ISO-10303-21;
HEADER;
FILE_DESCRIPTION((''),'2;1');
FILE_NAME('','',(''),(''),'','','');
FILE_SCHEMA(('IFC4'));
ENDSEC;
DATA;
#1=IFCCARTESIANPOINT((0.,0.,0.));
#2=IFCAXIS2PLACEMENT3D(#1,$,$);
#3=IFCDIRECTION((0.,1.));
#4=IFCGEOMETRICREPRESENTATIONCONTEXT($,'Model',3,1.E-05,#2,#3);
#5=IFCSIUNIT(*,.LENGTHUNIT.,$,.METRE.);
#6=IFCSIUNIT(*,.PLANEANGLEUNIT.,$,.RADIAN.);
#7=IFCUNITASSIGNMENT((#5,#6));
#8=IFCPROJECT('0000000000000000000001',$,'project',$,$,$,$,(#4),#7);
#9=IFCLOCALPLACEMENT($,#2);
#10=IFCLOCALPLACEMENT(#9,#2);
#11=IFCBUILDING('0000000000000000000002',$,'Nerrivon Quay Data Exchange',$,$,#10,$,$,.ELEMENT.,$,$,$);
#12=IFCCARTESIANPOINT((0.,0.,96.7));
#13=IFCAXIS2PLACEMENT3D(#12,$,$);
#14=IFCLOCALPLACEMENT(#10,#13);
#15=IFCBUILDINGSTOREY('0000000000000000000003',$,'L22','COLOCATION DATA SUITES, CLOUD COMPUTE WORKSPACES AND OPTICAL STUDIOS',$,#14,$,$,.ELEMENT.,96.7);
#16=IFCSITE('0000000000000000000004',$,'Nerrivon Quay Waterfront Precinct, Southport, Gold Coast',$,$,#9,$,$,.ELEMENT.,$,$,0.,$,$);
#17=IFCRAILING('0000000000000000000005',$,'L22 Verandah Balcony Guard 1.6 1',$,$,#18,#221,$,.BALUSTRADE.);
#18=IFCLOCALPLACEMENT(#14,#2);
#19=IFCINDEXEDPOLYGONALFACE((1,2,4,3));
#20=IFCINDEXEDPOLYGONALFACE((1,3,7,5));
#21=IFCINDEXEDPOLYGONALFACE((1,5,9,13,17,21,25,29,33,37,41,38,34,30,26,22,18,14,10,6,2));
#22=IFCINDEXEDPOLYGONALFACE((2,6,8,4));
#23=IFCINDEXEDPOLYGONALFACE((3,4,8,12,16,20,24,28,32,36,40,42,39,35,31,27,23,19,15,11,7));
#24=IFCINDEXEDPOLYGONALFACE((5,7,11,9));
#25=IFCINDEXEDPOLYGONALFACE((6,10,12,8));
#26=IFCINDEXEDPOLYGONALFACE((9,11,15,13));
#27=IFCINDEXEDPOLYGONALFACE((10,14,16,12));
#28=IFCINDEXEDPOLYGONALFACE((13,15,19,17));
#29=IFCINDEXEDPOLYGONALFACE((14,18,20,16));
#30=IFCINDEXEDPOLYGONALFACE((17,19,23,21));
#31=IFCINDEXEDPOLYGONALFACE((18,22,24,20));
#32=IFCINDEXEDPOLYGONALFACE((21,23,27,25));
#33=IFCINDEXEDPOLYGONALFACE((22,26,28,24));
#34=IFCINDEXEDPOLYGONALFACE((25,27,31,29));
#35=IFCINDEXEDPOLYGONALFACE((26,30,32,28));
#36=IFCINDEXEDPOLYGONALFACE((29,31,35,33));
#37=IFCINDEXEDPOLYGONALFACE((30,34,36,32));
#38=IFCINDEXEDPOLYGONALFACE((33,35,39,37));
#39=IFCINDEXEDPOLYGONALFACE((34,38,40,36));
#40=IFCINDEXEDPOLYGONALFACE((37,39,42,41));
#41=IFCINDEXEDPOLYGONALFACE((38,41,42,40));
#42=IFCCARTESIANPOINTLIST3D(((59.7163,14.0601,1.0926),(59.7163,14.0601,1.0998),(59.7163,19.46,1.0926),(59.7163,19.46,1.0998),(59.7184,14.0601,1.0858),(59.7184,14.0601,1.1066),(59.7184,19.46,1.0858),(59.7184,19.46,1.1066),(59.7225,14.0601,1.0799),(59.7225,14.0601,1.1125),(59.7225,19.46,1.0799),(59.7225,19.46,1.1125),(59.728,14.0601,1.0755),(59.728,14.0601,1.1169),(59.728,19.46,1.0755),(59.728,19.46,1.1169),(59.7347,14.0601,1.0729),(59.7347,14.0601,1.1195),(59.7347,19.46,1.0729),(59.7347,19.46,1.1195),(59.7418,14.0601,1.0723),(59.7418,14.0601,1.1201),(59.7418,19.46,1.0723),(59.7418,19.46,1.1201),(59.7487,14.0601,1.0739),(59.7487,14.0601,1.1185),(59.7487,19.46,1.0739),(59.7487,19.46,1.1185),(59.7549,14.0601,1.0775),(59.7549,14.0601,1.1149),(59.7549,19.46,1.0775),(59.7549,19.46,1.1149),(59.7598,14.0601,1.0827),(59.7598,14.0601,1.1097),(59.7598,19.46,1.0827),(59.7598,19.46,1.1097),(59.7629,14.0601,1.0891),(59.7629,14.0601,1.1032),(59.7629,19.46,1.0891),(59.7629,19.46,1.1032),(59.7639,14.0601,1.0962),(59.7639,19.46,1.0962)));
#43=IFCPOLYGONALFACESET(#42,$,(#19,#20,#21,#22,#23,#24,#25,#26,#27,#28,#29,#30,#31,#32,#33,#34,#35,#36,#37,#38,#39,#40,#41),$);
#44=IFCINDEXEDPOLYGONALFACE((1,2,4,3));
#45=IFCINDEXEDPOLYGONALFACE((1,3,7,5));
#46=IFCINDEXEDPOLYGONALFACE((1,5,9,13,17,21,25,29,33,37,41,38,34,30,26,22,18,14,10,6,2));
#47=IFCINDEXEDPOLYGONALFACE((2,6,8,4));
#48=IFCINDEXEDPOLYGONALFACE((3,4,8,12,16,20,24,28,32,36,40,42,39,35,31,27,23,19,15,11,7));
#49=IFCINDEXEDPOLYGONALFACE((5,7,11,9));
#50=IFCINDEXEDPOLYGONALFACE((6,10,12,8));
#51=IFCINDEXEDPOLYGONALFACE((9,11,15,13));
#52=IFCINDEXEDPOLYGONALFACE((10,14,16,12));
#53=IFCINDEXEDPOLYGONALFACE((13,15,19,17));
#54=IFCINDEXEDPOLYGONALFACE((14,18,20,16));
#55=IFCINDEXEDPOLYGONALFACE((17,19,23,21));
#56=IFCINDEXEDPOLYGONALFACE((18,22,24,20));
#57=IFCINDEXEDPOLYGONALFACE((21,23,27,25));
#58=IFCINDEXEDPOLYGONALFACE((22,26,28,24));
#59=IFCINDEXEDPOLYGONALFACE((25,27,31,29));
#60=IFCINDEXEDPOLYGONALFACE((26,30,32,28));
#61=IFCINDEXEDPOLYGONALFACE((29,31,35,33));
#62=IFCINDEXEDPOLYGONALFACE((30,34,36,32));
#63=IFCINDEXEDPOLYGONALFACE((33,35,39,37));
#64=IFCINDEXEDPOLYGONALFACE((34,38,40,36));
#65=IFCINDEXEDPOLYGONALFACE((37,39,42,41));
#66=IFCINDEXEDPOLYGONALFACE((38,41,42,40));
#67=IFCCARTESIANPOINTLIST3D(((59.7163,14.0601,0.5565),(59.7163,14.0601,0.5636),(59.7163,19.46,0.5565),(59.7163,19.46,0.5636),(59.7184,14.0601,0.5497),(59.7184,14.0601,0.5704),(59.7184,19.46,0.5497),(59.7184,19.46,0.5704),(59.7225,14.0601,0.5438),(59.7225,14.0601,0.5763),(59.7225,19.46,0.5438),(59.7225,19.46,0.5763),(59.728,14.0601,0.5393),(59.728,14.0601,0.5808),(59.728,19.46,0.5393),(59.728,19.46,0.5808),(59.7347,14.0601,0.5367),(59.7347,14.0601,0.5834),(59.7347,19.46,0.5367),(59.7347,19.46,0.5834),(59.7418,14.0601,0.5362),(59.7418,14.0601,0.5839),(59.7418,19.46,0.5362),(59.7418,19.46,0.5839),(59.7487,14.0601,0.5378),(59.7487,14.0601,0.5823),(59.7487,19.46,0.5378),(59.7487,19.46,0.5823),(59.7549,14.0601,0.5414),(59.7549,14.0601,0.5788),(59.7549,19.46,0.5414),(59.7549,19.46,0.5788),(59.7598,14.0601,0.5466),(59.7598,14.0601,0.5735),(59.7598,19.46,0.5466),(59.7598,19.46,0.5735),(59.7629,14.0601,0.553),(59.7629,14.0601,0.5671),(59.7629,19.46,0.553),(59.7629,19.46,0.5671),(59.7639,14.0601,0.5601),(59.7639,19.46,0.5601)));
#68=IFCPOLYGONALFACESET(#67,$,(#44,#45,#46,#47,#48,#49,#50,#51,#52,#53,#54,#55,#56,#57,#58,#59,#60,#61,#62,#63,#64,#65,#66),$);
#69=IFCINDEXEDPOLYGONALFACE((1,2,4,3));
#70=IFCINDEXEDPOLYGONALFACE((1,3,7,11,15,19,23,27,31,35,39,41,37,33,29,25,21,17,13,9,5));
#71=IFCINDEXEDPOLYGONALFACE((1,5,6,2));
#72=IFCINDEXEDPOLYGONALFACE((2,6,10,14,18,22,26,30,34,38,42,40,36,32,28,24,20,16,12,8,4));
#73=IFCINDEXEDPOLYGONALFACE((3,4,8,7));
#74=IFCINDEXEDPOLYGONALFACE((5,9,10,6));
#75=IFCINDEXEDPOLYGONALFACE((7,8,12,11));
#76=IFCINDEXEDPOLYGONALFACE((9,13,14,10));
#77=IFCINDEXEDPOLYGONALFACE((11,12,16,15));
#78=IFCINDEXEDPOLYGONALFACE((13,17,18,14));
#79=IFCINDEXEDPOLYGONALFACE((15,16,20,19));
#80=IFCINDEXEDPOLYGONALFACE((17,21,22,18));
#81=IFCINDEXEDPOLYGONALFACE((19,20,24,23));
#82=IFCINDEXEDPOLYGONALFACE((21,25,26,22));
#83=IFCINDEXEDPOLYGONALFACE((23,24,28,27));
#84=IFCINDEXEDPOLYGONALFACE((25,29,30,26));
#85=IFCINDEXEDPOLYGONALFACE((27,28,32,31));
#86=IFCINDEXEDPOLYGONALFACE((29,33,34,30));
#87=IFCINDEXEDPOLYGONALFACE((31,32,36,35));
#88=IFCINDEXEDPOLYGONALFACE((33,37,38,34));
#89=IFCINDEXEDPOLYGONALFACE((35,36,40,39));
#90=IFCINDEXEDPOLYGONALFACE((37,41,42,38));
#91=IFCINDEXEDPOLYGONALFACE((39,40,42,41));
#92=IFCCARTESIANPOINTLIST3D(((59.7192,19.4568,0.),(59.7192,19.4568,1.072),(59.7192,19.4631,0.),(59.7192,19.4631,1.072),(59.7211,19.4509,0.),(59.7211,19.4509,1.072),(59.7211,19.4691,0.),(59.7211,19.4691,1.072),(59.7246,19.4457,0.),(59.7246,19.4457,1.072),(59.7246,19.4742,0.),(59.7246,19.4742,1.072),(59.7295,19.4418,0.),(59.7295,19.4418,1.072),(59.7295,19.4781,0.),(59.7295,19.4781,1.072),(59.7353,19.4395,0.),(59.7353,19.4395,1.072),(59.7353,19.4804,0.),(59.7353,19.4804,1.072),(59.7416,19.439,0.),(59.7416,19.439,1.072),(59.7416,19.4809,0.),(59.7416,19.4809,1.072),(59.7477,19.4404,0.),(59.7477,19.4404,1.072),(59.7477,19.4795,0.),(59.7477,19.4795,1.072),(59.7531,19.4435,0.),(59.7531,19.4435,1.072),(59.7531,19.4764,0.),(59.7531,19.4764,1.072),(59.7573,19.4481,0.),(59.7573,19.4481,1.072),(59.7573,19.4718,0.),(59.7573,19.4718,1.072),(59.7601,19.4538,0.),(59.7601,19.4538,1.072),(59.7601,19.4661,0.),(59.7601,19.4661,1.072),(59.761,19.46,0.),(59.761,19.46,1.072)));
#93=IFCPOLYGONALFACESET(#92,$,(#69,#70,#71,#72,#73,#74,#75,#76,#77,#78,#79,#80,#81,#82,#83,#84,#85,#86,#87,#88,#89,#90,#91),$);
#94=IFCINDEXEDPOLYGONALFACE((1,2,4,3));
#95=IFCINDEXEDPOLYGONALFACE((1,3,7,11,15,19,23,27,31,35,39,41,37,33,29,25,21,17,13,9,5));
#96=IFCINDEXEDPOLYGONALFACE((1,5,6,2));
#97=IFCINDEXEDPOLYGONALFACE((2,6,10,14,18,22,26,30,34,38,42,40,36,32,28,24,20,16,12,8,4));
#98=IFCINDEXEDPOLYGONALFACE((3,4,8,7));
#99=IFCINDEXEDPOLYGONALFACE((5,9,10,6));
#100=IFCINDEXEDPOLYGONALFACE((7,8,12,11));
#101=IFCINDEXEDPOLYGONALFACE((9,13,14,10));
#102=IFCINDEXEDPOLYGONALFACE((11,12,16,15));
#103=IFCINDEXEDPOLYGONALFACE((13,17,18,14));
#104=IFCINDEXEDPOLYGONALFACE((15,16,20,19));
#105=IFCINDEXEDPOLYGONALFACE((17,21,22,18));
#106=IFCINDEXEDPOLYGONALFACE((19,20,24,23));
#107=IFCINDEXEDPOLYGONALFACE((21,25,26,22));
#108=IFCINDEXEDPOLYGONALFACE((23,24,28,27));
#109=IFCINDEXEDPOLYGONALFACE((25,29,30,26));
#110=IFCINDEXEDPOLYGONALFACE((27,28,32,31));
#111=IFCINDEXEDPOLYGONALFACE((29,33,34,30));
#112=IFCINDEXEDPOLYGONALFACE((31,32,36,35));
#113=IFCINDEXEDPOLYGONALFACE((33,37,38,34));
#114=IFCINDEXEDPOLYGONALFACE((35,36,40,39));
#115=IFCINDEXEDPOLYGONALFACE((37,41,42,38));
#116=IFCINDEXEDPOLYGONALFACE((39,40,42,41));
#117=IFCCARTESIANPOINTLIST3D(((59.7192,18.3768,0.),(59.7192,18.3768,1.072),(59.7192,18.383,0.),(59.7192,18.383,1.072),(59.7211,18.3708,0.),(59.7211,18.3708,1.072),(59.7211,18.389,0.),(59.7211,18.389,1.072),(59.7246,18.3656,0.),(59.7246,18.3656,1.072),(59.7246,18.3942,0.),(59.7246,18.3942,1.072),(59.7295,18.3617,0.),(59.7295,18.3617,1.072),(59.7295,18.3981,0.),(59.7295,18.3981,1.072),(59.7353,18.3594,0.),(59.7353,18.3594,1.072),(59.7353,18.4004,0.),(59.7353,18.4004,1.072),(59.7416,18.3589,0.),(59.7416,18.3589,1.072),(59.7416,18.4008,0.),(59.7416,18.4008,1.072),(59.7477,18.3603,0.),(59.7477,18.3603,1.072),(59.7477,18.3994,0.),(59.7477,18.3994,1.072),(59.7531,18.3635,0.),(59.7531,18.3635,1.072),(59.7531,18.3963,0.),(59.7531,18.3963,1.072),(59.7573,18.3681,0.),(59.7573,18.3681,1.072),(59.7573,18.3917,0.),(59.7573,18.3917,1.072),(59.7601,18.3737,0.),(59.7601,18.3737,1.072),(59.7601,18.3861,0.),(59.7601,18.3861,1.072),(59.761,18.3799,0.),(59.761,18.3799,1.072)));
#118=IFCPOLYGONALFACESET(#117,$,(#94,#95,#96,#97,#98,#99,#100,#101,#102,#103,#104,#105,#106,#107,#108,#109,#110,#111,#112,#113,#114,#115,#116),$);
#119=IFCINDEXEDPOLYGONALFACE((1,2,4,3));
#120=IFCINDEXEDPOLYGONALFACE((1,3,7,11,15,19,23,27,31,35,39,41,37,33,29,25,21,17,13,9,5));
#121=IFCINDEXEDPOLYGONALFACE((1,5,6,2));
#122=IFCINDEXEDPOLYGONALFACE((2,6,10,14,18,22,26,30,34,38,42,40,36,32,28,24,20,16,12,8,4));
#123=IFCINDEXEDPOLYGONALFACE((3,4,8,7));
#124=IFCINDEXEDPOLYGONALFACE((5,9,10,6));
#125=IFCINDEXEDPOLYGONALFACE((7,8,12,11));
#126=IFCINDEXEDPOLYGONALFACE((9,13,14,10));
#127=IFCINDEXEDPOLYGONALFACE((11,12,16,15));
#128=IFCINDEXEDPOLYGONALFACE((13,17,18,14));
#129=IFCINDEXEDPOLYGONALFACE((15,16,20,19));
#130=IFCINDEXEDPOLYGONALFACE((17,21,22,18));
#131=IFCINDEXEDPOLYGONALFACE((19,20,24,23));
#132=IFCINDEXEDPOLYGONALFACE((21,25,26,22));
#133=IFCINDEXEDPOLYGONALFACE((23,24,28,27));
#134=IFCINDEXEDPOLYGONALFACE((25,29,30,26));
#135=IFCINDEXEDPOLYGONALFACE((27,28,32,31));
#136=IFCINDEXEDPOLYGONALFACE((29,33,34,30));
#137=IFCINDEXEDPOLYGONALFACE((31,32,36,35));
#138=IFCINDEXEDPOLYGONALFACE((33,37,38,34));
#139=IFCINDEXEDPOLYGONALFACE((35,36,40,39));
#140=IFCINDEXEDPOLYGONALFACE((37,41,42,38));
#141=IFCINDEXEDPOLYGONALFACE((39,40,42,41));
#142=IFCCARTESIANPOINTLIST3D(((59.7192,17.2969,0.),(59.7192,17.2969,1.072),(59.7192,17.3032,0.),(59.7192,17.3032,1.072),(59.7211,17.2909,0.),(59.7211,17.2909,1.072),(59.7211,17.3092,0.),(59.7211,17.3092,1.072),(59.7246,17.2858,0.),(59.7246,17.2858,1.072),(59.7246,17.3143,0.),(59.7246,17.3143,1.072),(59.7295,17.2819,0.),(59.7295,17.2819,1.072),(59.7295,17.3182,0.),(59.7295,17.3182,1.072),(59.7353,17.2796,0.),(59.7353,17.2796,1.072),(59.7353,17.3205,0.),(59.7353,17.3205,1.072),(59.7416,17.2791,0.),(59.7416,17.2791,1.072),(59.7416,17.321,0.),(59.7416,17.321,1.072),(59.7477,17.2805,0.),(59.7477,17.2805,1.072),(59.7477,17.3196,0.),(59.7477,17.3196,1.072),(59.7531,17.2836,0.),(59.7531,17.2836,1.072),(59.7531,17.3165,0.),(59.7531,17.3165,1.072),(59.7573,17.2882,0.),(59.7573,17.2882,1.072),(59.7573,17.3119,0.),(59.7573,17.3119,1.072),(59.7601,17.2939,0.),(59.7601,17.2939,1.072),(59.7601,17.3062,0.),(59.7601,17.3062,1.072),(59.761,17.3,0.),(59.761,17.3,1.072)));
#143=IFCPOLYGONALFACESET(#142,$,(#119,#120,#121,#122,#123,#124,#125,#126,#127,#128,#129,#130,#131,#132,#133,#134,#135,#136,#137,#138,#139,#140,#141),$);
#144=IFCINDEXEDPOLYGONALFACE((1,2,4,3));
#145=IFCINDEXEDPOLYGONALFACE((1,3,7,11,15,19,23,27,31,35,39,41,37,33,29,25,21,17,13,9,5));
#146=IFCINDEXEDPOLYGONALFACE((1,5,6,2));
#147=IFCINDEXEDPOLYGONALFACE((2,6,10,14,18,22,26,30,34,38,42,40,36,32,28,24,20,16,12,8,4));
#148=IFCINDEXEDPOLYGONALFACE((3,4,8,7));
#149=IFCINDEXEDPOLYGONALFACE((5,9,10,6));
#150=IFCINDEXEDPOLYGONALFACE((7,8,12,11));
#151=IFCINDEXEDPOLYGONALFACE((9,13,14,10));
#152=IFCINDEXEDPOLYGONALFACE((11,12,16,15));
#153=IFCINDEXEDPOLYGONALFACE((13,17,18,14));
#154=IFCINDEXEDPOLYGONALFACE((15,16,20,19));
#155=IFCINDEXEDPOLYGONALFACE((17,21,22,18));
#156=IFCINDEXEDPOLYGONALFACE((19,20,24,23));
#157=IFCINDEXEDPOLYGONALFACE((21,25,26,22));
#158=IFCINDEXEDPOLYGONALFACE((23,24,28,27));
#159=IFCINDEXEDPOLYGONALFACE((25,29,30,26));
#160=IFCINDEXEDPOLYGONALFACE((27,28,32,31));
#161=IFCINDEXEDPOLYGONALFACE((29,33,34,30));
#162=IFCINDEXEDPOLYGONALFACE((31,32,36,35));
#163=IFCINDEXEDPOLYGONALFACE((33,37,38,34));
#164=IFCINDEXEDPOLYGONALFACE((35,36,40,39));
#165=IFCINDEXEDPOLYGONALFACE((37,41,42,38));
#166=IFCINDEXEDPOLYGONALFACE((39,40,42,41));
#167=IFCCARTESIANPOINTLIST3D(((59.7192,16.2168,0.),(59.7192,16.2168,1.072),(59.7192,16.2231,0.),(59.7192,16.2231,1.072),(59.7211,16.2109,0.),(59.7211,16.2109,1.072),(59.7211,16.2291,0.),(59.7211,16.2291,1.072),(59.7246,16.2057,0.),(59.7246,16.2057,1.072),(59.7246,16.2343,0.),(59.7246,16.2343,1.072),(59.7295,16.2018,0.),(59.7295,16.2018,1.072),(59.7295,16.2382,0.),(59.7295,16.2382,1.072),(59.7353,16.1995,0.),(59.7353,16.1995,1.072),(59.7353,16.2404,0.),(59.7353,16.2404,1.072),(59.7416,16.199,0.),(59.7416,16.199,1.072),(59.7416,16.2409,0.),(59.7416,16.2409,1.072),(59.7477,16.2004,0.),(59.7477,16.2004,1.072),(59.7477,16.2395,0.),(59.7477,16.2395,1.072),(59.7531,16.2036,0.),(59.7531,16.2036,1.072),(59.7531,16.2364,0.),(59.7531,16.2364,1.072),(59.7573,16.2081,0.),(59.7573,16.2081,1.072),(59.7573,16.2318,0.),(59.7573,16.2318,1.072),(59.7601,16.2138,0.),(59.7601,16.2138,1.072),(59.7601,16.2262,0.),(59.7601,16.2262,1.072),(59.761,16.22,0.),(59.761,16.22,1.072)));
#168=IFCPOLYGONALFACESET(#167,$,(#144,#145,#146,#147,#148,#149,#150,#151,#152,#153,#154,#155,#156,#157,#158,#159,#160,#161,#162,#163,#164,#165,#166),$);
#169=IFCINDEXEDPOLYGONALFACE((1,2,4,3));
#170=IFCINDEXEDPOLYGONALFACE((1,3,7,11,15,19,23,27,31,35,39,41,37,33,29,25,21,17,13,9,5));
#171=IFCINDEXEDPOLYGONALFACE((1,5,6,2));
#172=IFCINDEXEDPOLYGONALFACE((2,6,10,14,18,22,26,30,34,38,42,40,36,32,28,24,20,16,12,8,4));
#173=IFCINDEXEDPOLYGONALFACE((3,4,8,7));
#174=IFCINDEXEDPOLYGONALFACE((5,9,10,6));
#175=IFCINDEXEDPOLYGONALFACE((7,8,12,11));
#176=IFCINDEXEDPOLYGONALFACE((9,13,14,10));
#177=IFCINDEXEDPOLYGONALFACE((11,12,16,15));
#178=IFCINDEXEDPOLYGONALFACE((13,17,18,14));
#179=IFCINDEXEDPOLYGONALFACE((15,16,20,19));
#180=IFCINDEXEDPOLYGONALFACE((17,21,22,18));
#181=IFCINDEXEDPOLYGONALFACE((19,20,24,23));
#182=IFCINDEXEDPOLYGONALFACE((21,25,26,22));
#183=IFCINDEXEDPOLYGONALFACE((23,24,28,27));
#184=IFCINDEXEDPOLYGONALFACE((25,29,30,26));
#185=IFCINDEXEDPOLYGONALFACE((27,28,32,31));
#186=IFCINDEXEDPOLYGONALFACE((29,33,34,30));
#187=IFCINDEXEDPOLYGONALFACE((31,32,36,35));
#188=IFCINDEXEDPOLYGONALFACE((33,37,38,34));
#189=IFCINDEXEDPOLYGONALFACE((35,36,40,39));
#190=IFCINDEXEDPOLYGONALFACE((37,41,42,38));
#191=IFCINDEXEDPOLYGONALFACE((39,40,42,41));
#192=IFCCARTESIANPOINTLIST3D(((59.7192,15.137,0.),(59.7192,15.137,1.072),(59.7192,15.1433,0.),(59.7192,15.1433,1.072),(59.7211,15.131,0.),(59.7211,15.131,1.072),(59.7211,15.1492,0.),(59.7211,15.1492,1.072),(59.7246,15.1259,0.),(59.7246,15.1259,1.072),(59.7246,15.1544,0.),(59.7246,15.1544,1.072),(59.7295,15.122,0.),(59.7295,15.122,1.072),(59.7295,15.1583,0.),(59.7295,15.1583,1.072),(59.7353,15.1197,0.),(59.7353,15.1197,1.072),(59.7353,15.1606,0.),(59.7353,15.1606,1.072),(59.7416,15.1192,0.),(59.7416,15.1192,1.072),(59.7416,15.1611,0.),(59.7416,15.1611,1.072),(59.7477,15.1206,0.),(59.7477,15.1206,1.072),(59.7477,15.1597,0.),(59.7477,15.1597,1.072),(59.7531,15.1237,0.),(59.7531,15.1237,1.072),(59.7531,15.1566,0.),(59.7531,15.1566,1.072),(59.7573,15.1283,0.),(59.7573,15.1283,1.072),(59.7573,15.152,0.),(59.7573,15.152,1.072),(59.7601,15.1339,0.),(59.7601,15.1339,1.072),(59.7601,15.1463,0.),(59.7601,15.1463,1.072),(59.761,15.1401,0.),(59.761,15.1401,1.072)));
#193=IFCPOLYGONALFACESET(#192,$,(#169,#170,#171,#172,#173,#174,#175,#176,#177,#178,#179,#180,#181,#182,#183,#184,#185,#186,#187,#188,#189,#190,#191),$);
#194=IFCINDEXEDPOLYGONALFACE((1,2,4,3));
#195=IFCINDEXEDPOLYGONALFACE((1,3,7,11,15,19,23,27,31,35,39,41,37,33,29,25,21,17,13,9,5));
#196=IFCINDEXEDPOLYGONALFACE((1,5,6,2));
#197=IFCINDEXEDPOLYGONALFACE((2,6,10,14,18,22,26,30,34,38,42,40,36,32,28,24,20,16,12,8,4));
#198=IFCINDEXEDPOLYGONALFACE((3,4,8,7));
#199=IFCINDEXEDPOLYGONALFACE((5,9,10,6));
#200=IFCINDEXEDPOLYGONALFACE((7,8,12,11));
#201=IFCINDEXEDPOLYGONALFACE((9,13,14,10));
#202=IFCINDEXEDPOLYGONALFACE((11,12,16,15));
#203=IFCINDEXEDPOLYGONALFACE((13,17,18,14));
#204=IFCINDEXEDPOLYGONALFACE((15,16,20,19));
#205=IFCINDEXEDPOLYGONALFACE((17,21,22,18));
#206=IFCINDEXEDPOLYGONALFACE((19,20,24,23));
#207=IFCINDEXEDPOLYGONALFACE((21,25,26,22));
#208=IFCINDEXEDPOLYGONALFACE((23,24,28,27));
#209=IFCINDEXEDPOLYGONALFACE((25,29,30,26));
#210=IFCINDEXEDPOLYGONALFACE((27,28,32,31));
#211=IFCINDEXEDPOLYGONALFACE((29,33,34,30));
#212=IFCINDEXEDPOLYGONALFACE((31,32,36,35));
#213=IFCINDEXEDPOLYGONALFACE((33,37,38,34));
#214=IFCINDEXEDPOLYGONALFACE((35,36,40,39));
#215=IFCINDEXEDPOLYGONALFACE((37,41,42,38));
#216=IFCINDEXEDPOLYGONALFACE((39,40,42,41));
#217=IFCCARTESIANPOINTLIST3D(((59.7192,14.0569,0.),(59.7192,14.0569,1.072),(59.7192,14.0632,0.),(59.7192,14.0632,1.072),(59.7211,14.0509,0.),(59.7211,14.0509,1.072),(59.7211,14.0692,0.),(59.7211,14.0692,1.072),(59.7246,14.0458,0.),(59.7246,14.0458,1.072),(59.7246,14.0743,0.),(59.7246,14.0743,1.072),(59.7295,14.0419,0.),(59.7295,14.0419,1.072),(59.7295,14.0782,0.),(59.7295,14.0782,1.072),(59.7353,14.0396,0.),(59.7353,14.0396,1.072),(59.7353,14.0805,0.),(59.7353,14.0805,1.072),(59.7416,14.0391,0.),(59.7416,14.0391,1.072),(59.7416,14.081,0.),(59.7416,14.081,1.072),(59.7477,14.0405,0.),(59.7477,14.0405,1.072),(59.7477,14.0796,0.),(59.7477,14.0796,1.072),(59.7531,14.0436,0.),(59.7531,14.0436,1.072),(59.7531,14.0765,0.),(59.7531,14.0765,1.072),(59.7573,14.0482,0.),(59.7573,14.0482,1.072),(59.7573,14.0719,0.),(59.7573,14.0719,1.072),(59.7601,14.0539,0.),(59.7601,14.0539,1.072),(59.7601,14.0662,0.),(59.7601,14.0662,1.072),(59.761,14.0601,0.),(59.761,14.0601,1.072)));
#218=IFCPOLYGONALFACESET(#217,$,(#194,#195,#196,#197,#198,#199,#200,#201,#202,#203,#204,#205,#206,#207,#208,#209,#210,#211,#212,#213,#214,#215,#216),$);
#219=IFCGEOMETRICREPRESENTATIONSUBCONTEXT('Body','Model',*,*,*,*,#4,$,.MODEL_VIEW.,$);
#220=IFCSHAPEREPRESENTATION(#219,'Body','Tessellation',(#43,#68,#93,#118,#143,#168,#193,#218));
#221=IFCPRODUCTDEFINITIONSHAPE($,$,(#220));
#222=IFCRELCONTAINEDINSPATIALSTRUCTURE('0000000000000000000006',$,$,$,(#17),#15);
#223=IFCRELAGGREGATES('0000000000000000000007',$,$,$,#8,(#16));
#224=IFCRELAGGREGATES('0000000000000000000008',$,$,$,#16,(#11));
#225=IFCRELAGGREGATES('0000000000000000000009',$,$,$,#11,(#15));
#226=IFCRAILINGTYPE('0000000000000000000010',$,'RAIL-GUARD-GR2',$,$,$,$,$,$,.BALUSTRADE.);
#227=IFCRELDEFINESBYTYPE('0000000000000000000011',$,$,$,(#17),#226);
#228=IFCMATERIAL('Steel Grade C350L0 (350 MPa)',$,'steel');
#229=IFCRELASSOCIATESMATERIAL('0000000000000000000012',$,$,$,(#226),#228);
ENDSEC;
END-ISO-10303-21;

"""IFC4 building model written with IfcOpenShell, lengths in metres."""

from ifc_helpers import new_model, si_unit, direction, frame, origin, origin_2d, place, context, subcontext, project, spatial, circle, extrude, material, type_object, element, save


model = new_model("IFC4")

# Units and contexts
model_context = context("Model", 3, precision=1e-05, world=origin(), true_north=direction((0.0, 1.0)))
body_context = subcontext(model_context, "Body", "Model", "MODEL_VIEW")
ifc_project = project(units=[si_unit("LENGTHUNIT", "METRE"), si_unit("PLANEANGLEUNIT", "RADIAN")], contexts=[model_context])

# Site, building, storey
site_placement = place(None, origin())
site = spatial("IfcSite", under=ifc_project, at=site_placement, Name="Nerrivon Quay Waterfront Precinct, Southport, Gold Coast", CompositionType="ELEMENT", RefElevation=0.0)
building_placement = place(site_placement, origin())
building = spatial("IfcBuilding", under=site, at=building_placement, Name="Nerrivon Quay Data Exchange", CompositionType="ELEMENT")
storey_placement = place(building_placement, frame((0.0, 0.0, 96.7)))
storey = spatial("IfcBuildingStorey", under=building, at=storey_placement, Name="L22", Description="COLOCATION DATA SUITES, CLOUD COMPUTE WORKSPACES AND OPTICAL STUDIOS", CompositionType="ELEMENT", Elevation=96.7)

# Railing
ifc_material_1 = material(Name="Steel Grade C350L0 (350 MPa)", Category="steel")
railing_type = type_object("IfcRailingType", Name="RAIL-GUARD-GR2", PredefinedType="BALUSTRADE", material=ifc_material_1)
railing_1_placement = place(storey_placement, frame((59.74, 19.46, 0.0)))
element("IfcRailing", 1, at=railing_1_placement, inside=storey, type_object=railing_type, Name="L22 Verandah Balcony Guard 1.6 1", PredefinedType="BALUSTRADE", context=body_context, shape_type="SweptSolid", body=[
    extrude(circle(Radius=0.0239, at=origin_2d()), frame((0.0, 0.0, 1.0962), z_axis=(0.0, -1.0, 0.0), x_axis=(1.0, 0.0, 0.0)), (0.0, 0.0, 1.0), 5.3999),
    extrude(circle(Radius=0.0239, at=origin_2d()), frame((0.0, 0.0, 0.5601), z_axis=(0.0, -1.0, 0.0), x_axis=(1.0, 0.0, 0.0)), (0.0, 0.0, 1.0), 5.3999),
    extrude(circle(Radius=0.021, at=origin_2d()), origin(), (0.0, 0.0, 1.0), 1.072),
    extrude(circle(Radius=0.021, at=origin_2d()), frame((0.0, -1.0801, 0.0)), (0.0, 0.0, 1.0), 1.072),
    extrude(circle(Radius=0.021, at=origin_2d()), frame((0.0, -2.1599, 0.0)), (0.0, 0.0, 1.0), 1.072),
    extrude(circle(Radius=0.021, at=origin_2d()), frame((0.0, -3.24, 0.0)), (0.0, 0.0, 1.0), 1.072),
    extrude(circle(Radius=0.021, at=origin_2d()), frame((0.0, -4.3198, 0.0)), (0.0, 0.0, 1.0), 1.072),
    extrude(circle(Radius=0.021, at=origin_2d()), frame((0.0, -5.3999, 0.0)), (0.0, 0.0, 1.0), 1.072),
])

save(model, "model.ifc")
